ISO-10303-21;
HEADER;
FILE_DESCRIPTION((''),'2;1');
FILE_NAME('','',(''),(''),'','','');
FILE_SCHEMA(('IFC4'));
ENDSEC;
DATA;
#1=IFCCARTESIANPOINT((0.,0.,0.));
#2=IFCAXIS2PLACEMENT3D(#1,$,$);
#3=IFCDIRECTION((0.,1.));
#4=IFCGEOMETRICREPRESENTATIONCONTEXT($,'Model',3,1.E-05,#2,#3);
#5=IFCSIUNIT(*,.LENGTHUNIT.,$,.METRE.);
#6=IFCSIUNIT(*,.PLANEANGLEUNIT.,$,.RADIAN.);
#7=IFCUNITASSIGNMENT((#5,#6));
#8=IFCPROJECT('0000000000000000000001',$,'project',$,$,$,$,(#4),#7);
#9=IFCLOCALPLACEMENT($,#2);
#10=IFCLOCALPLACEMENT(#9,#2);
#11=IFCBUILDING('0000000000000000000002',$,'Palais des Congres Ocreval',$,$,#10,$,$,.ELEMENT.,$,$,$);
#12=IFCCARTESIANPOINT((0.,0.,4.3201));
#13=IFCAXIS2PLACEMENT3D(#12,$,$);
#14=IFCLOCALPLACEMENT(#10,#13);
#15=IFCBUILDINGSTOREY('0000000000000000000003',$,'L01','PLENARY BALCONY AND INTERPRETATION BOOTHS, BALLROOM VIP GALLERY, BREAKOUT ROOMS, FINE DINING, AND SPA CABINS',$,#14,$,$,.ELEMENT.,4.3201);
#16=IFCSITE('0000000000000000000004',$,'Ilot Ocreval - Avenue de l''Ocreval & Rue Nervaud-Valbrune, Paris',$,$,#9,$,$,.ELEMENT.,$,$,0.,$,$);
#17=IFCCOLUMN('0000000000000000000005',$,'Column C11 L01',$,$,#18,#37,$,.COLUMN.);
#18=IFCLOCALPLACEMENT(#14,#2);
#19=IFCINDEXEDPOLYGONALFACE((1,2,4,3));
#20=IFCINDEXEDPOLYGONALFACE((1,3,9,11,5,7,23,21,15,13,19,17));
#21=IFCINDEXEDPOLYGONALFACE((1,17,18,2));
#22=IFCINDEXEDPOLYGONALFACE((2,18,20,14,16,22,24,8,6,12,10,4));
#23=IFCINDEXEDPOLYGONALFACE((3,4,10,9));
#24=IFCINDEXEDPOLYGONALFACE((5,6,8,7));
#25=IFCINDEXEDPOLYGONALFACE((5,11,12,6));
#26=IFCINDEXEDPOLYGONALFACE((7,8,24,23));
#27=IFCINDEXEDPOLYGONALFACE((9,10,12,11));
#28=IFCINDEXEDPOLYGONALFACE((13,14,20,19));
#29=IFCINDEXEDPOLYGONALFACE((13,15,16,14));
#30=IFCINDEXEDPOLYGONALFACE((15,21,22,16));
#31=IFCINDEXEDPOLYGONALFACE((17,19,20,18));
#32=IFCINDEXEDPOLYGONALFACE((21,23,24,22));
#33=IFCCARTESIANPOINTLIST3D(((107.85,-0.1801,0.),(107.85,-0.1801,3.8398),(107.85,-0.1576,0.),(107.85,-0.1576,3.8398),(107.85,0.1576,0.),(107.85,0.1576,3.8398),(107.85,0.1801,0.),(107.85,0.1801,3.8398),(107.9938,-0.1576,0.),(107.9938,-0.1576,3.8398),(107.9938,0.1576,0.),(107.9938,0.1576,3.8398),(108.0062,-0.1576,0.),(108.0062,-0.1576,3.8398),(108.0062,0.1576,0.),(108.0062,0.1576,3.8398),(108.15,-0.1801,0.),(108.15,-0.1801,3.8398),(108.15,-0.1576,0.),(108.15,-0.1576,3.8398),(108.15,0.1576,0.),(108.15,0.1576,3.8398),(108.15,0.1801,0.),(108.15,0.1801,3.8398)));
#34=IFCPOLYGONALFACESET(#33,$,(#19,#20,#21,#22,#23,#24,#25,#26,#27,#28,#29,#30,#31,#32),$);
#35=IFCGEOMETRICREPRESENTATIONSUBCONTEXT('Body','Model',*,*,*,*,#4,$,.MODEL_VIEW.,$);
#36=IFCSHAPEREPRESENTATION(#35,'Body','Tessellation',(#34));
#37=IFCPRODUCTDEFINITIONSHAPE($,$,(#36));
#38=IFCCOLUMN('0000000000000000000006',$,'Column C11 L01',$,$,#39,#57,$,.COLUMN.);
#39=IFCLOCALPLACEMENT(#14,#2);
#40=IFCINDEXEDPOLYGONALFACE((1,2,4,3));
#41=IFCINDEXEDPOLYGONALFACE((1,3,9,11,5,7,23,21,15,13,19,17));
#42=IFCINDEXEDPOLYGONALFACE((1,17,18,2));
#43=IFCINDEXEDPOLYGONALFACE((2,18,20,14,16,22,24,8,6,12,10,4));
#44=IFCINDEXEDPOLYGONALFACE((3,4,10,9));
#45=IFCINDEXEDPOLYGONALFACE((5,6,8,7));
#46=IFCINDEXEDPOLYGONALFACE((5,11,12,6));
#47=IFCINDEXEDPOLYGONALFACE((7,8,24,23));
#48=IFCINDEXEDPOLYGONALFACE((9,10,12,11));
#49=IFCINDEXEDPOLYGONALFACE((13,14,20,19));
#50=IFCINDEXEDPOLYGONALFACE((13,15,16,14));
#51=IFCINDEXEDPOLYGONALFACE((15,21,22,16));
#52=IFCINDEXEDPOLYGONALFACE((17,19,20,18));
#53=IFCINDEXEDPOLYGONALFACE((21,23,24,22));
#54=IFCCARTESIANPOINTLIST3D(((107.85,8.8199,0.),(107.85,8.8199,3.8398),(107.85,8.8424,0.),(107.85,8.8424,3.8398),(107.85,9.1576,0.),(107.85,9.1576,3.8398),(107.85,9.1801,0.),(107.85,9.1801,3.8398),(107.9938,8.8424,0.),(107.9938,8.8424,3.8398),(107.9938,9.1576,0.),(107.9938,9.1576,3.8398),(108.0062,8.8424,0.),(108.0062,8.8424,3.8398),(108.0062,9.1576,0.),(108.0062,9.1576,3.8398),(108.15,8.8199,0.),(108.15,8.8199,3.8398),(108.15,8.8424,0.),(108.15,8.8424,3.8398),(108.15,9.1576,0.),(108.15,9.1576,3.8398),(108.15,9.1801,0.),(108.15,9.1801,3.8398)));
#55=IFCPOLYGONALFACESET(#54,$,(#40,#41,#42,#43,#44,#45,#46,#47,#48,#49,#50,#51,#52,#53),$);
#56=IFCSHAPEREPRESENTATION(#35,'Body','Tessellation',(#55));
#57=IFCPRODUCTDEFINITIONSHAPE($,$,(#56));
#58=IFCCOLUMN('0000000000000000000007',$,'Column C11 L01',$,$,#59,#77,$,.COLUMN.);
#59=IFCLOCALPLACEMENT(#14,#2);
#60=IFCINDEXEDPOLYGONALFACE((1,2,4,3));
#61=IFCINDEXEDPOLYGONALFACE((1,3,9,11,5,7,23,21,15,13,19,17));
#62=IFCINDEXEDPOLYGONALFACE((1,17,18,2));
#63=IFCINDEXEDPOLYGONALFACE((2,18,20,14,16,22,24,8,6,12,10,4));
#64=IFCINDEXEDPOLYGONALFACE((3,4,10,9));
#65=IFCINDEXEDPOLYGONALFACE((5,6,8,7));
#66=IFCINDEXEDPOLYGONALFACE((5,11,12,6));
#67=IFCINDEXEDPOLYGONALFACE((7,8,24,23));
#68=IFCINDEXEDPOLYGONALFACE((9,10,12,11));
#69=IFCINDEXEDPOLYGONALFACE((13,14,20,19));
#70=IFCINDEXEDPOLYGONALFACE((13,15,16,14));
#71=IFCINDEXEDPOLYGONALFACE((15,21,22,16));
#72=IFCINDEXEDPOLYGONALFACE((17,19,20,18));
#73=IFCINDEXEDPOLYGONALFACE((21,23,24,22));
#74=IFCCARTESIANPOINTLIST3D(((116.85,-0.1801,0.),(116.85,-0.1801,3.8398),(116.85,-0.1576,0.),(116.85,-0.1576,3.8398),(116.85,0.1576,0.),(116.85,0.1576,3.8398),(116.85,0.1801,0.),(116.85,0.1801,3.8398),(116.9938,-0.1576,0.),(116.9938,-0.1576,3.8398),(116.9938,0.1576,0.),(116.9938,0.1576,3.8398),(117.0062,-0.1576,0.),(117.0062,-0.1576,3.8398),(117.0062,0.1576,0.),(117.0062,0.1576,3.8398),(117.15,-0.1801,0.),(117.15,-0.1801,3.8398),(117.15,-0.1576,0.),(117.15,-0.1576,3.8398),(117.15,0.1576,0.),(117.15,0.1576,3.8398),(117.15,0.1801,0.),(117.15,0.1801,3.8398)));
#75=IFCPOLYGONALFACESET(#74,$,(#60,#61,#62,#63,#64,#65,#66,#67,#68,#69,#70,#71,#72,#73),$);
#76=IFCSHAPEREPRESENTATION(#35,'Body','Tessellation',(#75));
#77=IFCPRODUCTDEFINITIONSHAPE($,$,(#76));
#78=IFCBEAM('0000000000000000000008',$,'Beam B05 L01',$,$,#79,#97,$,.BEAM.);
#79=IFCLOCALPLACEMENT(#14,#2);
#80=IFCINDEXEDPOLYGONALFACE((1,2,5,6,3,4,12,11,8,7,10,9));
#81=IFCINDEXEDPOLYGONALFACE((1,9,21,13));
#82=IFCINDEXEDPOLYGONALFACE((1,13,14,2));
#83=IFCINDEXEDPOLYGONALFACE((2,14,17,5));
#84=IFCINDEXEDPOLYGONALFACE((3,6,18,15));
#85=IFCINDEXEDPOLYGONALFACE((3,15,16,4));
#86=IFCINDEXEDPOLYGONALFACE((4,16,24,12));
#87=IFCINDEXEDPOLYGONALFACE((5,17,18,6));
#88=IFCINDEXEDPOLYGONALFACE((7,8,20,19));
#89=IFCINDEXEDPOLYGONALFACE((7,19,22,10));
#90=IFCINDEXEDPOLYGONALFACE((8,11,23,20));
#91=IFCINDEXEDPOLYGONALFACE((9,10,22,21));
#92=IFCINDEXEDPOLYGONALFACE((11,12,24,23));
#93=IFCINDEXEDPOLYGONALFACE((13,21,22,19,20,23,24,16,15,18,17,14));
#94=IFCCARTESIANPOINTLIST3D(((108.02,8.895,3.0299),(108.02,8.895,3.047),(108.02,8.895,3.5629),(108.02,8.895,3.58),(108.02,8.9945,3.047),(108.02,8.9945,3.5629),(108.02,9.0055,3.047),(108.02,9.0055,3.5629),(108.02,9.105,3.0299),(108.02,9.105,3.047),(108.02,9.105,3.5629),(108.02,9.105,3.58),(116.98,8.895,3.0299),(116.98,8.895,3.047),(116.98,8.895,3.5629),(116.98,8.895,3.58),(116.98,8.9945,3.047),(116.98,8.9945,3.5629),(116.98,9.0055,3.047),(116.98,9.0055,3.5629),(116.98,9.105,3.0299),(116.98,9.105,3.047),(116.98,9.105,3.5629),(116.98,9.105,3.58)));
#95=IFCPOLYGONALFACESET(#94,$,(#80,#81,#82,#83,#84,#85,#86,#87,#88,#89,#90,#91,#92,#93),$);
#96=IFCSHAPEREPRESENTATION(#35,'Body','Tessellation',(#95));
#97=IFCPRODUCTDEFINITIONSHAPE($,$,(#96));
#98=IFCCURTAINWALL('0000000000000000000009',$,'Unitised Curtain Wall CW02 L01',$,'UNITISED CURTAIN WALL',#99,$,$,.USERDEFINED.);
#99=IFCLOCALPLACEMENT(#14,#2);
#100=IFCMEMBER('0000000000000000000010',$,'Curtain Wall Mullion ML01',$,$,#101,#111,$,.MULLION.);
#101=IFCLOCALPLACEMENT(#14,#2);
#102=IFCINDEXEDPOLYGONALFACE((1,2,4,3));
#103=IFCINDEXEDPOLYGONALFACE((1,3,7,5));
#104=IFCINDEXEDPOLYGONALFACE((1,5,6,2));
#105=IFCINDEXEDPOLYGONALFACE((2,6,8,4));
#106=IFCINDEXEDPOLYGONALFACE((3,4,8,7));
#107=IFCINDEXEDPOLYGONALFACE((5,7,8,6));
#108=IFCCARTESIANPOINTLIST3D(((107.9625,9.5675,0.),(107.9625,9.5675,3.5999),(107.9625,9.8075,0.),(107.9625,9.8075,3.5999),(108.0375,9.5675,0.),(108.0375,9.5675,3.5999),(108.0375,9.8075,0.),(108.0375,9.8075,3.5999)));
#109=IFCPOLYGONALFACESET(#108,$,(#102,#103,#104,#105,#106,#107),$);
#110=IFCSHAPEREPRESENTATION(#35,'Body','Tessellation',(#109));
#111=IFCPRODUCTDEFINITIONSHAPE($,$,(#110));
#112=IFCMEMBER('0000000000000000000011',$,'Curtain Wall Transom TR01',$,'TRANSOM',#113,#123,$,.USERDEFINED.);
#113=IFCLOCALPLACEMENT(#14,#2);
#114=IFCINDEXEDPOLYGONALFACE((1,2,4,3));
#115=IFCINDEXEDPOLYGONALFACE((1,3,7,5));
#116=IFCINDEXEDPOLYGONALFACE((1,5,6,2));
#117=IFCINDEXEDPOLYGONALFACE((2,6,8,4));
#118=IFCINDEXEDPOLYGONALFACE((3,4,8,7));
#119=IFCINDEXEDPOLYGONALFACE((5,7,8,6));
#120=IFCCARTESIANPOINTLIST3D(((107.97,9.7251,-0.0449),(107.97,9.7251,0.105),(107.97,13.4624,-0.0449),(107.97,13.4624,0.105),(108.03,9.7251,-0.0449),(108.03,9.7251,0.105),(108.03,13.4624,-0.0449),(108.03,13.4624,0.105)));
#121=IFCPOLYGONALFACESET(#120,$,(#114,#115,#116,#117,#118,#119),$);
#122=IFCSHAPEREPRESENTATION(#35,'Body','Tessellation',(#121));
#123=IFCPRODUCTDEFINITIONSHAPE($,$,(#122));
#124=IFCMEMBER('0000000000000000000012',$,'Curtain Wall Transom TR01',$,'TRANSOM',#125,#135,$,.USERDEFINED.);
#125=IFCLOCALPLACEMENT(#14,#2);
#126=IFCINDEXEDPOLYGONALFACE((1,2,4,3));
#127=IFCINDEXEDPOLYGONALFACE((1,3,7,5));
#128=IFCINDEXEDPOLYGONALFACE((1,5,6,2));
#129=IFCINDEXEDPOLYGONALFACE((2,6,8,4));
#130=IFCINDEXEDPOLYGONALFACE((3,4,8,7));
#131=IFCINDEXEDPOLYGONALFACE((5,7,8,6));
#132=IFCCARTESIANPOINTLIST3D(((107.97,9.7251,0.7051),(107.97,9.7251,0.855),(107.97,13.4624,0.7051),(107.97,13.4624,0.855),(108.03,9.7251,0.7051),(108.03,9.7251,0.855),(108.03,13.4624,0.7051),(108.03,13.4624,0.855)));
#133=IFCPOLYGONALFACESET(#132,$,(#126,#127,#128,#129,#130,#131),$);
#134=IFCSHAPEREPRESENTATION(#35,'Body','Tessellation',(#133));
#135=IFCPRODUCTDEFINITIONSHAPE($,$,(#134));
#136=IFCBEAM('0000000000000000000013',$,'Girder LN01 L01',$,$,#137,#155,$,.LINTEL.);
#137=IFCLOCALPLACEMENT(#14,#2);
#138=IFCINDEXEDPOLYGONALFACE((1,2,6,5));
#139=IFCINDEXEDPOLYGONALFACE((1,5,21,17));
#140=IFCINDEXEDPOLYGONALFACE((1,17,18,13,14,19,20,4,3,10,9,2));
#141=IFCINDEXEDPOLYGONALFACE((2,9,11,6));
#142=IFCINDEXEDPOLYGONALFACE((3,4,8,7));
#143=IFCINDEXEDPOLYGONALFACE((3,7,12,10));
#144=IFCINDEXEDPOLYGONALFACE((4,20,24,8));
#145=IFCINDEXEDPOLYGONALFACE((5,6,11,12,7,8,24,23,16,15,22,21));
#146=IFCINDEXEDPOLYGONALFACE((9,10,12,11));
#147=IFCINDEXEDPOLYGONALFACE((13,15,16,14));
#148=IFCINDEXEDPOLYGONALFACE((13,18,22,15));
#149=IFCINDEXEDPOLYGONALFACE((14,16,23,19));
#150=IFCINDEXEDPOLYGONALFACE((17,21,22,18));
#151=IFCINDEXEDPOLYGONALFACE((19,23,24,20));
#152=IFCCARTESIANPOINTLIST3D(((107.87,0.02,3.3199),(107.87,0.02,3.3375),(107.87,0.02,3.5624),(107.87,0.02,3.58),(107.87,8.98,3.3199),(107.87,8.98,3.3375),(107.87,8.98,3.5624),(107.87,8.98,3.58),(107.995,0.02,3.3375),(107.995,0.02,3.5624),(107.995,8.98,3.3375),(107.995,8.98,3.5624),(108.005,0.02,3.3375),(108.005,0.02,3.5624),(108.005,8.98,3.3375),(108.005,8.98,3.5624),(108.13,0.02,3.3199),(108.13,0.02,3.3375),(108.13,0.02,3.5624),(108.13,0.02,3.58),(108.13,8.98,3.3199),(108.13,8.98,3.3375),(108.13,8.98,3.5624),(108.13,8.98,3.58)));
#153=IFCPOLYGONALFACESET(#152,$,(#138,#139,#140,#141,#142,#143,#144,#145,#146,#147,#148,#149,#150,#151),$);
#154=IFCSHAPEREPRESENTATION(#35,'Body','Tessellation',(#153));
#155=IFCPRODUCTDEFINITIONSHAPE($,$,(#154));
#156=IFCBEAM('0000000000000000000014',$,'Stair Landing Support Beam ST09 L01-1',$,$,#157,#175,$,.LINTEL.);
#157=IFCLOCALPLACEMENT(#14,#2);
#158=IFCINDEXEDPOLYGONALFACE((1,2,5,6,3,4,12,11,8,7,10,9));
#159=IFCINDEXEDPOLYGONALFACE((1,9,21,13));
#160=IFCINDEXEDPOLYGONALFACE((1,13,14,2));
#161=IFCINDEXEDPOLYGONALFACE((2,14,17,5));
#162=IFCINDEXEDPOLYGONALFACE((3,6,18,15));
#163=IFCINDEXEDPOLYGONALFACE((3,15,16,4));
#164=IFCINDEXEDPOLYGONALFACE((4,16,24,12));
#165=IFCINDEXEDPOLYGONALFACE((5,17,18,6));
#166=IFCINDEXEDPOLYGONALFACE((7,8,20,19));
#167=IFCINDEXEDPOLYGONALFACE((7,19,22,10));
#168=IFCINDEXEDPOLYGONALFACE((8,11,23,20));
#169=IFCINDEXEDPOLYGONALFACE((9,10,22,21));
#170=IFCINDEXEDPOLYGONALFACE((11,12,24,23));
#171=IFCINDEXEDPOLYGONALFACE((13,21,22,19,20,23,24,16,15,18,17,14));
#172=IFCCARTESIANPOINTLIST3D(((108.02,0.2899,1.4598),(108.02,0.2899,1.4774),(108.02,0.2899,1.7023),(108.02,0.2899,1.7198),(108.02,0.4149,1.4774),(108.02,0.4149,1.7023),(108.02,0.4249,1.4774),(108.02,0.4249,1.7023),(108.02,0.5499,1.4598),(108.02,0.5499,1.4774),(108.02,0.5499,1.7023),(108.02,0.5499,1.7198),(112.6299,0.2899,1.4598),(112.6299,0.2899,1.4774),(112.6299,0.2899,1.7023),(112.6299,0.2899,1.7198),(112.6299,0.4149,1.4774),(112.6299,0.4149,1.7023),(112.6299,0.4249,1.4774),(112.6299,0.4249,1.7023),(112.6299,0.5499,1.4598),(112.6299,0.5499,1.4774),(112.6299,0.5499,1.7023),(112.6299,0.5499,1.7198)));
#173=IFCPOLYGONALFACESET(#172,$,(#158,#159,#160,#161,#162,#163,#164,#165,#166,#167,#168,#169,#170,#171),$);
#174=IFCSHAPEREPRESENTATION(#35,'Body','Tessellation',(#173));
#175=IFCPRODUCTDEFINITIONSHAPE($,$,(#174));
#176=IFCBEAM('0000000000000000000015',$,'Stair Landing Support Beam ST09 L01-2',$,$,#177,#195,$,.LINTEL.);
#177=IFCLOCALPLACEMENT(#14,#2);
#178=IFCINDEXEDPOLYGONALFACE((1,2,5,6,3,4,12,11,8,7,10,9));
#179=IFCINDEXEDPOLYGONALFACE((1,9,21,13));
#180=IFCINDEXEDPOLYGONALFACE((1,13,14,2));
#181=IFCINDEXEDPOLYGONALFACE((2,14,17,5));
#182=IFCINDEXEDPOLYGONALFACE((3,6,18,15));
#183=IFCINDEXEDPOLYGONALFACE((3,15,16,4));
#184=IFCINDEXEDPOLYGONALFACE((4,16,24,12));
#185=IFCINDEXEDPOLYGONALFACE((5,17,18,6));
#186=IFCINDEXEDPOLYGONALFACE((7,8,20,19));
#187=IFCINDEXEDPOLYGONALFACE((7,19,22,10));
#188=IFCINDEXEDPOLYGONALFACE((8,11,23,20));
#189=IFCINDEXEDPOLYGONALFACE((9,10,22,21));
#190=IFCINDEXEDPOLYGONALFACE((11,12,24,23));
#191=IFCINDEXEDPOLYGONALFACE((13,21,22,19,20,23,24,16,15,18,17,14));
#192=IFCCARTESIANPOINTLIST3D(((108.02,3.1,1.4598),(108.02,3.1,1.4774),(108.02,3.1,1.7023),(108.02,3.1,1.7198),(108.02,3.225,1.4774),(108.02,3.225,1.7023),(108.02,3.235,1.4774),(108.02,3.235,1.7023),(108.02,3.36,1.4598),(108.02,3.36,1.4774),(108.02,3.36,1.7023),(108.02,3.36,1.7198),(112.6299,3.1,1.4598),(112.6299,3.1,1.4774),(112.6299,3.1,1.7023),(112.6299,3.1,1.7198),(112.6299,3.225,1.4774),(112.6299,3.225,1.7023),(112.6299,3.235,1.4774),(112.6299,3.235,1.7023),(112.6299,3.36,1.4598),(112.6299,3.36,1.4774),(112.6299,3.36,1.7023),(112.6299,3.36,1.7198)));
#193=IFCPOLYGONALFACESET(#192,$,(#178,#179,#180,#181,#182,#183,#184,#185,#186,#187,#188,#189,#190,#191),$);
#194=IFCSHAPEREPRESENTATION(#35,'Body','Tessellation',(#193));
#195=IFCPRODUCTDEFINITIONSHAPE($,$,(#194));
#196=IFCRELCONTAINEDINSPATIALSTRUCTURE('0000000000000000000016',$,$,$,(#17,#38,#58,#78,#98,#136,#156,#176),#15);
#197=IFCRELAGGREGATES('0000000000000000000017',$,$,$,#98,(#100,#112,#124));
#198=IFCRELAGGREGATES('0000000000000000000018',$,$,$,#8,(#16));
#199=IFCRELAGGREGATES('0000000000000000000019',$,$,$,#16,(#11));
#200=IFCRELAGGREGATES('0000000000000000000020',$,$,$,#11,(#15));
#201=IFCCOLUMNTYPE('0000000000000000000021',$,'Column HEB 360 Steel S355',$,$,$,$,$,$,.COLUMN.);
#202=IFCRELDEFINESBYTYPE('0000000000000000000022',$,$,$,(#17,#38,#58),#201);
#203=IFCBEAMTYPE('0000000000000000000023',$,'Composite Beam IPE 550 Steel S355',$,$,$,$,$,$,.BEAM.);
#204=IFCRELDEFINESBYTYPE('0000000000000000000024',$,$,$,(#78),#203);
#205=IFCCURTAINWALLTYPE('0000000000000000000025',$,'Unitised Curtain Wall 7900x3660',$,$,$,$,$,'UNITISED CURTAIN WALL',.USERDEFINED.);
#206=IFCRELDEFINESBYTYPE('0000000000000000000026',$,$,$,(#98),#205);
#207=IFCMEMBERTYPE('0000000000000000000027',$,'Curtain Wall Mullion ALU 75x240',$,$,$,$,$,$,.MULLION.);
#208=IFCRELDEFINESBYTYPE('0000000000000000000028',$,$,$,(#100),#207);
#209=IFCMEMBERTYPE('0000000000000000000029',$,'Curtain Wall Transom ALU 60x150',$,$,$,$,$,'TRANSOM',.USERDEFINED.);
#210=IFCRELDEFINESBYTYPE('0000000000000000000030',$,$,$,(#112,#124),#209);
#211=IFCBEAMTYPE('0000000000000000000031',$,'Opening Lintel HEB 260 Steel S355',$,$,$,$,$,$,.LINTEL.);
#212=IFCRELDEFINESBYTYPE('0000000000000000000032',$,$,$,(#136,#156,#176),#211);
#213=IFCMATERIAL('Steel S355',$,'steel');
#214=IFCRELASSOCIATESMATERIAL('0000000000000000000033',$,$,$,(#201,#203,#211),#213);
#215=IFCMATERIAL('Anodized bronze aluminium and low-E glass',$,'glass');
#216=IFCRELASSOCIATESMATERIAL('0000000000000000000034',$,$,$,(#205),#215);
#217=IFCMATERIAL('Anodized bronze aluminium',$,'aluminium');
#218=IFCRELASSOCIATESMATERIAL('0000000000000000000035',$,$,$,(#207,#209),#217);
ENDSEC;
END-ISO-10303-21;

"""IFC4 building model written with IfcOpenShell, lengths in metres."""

from ifc_helpers import new_model, si_unit, direction, frame, origin, origin_2d, place, context, subcontext, project, spatial, rectangle, i_section, extrude, material, material_profile, profile_set, type_object, element, aggregate, save


model = new_model("IFC4")

# Units and contexts
model_context = context("Model", 3, precision=1e-05, world=origin(), true_north=direction((0.0, 1.0)))
body_context = subcontext(model_context, "Body", "Model", "MODEL_VIEW")
ifc_project = project(units=[si_unit("LENGTHUNIT", "METRE"), si_unit("PLANEANGLEUNIT", "RADIAN")], contexts=[model_context])

# Site, building, storey
site_placement = place(None, origin())
site = spatial("IfcSite", under=ifc_project, at=site_placement, Name="Ilot Ocreval - Avenue de l'Ocreval & Rue Nervaud-Valbrune, Paris", CompositionType="ELEMENT", RefElevation=0.0)
building_placement = place(site_placement, origin())
building = spatial("IfcBuilding", under=site, at=building_placement, Name="Palais des Congres Ocreval", CompositionType="ELEMENT")
storey_placement = place(building_placement, frame((0.0, 0.0, 4.3201)))
storey = spatial("IfcBuildingStorey", under=building, at=storey_placement, Name="L01", Description="PLENARY BALCONY AND INTERPRETATION BOOTHS, BALLROOM VIP GALLERY, BREAKOUT ROOMS, FINE DINING, AND SPA CABINS", CompositionType="ELEMENT", Elevation=4.3201)

# Columns
ifc_material_1 = material(Name="Steel S355", Category="steel")
ifc_material_profile_1 = material_profile(ifc_material_1, i_section(OverallWidth=0.3, OverallDepth=0.3601, WebThickness=0.0125, FlangeThickness=0.0225, at=origin_2d()), Name="HEB 360")
ifc_profile_set_1 = profile_set([ifc_material_profile_1], Name="Steel S355")
column_type = type_object("IfcColumnType", Name="Column HEB 360 Steel S355", PredefinedType="COLUMN", material=ifc_profile_set_1)
for number, where, z_axis, x_axis, name in (
    (1, (108.0, 0.0, 0.0), (0.0, 0.0, 1.0), (1.0, 0.0, 0.0), "Column C11 L01"),
    (2, (108.0, 9.0, 0.0), (0.0, 0.0, 1.0), (1.0, 0.0, 0.0), "Column C11 L01"),
    (3, (117.0, 0.0, 0.0), (0.0, 0.0, 1.0), (1.0, 0.0, 0.0), "Column C11 L01"),
):
    element("IfcColumn", number, at=place(storey_placement, frame(where, z_axis=z_axis, x_axis=x_axis)), inside=storey, type_object=column_type, Name=name, PredefinedType="COLUMN", context=body_context, shape_type="SweptSolid", body=[
        extrude(i_section(OverallWidth=0.3, OverallDepth=0.3601, WebThickness=0.0125, FlangeThickness=0.0225, at=origin_2d()), origin(), (0.0, 0.0, 1.0), 3.8398),
    ])

# Beam
ifc_material_profile_2 = material_profile(ifc_material_1, i_section(OverallWidth=0.21, OverallDepth=0.55, WebThickness=0.011, FlangeThickness=0.0171, at=origin_2d()), Name="IPE 550")
ifc_profile_set_2 = profile_set([ifc_material_profile_2], Name="Steel S355")
beam_type_1 = type_object("IfcBeamType", Name="Composite Beam IPE 550 Steel S355", PredefinedType="BEAM", material=ifc_profile_set_2)
beam_1_placement = place(storey_placement, frame((108.02, 9.0, 3.3049), z_axis=(1.0, 0.0, 0.0), x_axis=(0.0, 1.0, 0.0)))
element("IfcBeam", 4, at=beam_1_placement, inside=storey, type_object=beam_type_1, Name="Beam B05 L01", PredefinedType="BEAM", context=body_context, shape_type="SweptSolid", body=[
    extrude(i_section(OverallWidth=0.21, OverallDepth=0.55, WebThickness=0.011, FlangeThickness=0.0171, at=origin_2d()), origin(), (0.0, 0.0, 1.0), 8.96),
])

# Curtain wall, members
ifc_material_2 = material(Name="Anodized bronze aluminium and low-E glass", Category="glass")
curtain_wall_type = type_object("IfcCurtainWallType", Name="Unitised Curtain Wall 7900x3660", ElementType="UNITISED CURTAIN WALL", PredefinedType="USERDEFINED", material=ifc_material_2)
curtain_wall_placement = place(storey_placement, origin())
curtain_wall = element("IfcCurtainWall", 5, at=curtain_wall_placement, inside=storey, type_object=curtain_wall_type, Name="Unitised Curtain Wall CW02 L01", ObjectType="UNITISED CURTAIN WALL", PredefinedType="USERDEFINED")
ifc_material_3 = material(Name="Anodized bronze aluminium", Category="aluminium")
ifc_material_profile_3 = material_profile(ifc_material_3, rectangle(XDim=0.075, YDim=0.24, at=origin_2d()), Name="ALU 75x240")
ifc_profile_set_3 = profile_set([ifc_material_profile_3], Name="Anodized bronze aluminium")
member_type_1 = type_object("IfcMemberType", Name="Curtain Wall Mullion ALU 75x240", PredefinedType="MULLION", material=ifc_profile_set_3)
member_1_placement = place(storey_placement, frame((108.0, 9.6875, 0.0), z_axis=(0.0, 0.0, 1.0), x_axis=(-1.0, 0.0, 0.0)))
member_1 = element("IfcMember", 6, at=member_1_placement, type_object=member_type_1, Name="Curtain Wall Mullion ML01", PredefinedType="MULLION", context=body_context, shape_type="SweptSolid", body=[
    extrude(rectangle(XDim=0.075, YDim=0.24, at=origin_2d()), origin(), (0.0, 0.0, 1.0), 3.5999),
])
ifc_material_profile_4 = material_profile(ifc_material_3, rectangle(XDim=0.0601, YDim=0.1499, at=origin_2d()), Name="ALU 60x150")
ifc_profile_set_4 = profile_set([ifc_material_profile_4], Name="Anodized bronze aluminium")
member_type_2 = type_object("IfcMemberType", Name="Curtain Wall Transom ALU 60x150", ElementType="TRANSOM", PredefinedType="USERDEFINED", material=ifc_profile_set_4)
member_2_placement = place(storey_placement, frame((108.0, 9.7251, 0.03), z_axis=(0.0, 1.0, 0.0), x_axis=(-1.0, 0.0, 0.0)))
member_2 = element("IfcMember", 7, at=member_2_placement, type_object=member_type_2, Name="Curtain Wall Transom TR01", ObjectType="TRANSOM", PredefinedType="USERDEFINED", context=body_context, shape_type="SweptSolid", body=[
    extrude(rectangle(XDim=0.0601, YDim=0.1499, at=origin_2d()), origin(), (0.0, 0.0, 1.0), 3.7373),
])
member_3_placement = place(storey_placement, frame((108.0, 9.7251, 0.78), z_axis=(0.0, 1.0, 0.0), x_axis=(-1.0, 0.0, 0.0)))
member_3 = element("IfcMember", 8, at=member_3_placement, type_object=member_type_2, Name="Curtain Wall Transom TR01", ObjectType="TRANSOM", PredefinedType="USERDEFINED", context=body_context, shape_type="SweptSolid", body=[
    extrude(rectangle(XDim=0.0601, YDim=0.1499, at=origin_2d()), origin(), (0.0, 0.0, 1.0), 3.7373),
])
aggregate(curtain_wall, [member_1, member_2, member_3])

# Beams
ifc_material_profile_5 = material_profile(ifc_material_1, i_section(OverallWidth=0.26, OverallDepth=0.26, WebThickness=0.01, FlangeThickness=0.0176, at=origin_2d()), Name="HEB 260")
ifc_profile_set_5 = profile_set([ifc_material_profile_5], Name="Steel S355")
beam_type_2 = type_object("IfcBeamType", Name="Opening Lintel HEB 260 Steel S355", PredefinedType="LINTEL", material=ifc_profile_set_5)
beam_2_placement = place(storey_placement, frame((108.0, 0.02, 3.45), z_axis=(0.0, 1.0, 0.0), x_axis=(-1.0, 0.0, 0.0)))
element("IfcBeam", 9, at=beam_2_placement, inside=storey, type_object=beam_type_2, Name="Girder LN01 L01", PredefinedType="LINTEL", context=body_context, shape_type="SweptSolid", body=[
    extrude(i_section(OverallWidth=0.26, OverallDepth=0.26, WebThickness=0.01, FlangeThickness=0.0176, at=origin_2d()), origin(), (0.0, 0.0, 1.0), 8.96),
])
for number, where, z_axis, x_axis, name in (
    (10, (108.02, 0.4199, 1.5898), (1.0, 0.0, 0.0), (0.0, 1.0, 0.0), "Stair Landing Support Beam ST09 L01-1"),
    (11, (108.02, 3.23, 1.5898), (1.0, 0.0, 0.0), (0.0, 1.0, 0.0), "Stair Landing Support Beam ST09 L01-2"),
):
    element("IfcBeam", number, at=place(storey_placement, frame(where, z_axis=z_axis, x_axis=x_axis)), inside=storey, type_object=beam_type_2, Name=name, PredefinedType="LINTEL", context=body_context, shape_type="SweptSolid", body=[
        extrude(i_section(OverallWidth=0.26, OverallDepth=0.26, WebThickness=0.01, FlangeThickness=0.0176, at=origin_2d()), origin(), (0.0, 0.0, 1.0), 4.6099),
    ])

save(model, "model.ifc")
